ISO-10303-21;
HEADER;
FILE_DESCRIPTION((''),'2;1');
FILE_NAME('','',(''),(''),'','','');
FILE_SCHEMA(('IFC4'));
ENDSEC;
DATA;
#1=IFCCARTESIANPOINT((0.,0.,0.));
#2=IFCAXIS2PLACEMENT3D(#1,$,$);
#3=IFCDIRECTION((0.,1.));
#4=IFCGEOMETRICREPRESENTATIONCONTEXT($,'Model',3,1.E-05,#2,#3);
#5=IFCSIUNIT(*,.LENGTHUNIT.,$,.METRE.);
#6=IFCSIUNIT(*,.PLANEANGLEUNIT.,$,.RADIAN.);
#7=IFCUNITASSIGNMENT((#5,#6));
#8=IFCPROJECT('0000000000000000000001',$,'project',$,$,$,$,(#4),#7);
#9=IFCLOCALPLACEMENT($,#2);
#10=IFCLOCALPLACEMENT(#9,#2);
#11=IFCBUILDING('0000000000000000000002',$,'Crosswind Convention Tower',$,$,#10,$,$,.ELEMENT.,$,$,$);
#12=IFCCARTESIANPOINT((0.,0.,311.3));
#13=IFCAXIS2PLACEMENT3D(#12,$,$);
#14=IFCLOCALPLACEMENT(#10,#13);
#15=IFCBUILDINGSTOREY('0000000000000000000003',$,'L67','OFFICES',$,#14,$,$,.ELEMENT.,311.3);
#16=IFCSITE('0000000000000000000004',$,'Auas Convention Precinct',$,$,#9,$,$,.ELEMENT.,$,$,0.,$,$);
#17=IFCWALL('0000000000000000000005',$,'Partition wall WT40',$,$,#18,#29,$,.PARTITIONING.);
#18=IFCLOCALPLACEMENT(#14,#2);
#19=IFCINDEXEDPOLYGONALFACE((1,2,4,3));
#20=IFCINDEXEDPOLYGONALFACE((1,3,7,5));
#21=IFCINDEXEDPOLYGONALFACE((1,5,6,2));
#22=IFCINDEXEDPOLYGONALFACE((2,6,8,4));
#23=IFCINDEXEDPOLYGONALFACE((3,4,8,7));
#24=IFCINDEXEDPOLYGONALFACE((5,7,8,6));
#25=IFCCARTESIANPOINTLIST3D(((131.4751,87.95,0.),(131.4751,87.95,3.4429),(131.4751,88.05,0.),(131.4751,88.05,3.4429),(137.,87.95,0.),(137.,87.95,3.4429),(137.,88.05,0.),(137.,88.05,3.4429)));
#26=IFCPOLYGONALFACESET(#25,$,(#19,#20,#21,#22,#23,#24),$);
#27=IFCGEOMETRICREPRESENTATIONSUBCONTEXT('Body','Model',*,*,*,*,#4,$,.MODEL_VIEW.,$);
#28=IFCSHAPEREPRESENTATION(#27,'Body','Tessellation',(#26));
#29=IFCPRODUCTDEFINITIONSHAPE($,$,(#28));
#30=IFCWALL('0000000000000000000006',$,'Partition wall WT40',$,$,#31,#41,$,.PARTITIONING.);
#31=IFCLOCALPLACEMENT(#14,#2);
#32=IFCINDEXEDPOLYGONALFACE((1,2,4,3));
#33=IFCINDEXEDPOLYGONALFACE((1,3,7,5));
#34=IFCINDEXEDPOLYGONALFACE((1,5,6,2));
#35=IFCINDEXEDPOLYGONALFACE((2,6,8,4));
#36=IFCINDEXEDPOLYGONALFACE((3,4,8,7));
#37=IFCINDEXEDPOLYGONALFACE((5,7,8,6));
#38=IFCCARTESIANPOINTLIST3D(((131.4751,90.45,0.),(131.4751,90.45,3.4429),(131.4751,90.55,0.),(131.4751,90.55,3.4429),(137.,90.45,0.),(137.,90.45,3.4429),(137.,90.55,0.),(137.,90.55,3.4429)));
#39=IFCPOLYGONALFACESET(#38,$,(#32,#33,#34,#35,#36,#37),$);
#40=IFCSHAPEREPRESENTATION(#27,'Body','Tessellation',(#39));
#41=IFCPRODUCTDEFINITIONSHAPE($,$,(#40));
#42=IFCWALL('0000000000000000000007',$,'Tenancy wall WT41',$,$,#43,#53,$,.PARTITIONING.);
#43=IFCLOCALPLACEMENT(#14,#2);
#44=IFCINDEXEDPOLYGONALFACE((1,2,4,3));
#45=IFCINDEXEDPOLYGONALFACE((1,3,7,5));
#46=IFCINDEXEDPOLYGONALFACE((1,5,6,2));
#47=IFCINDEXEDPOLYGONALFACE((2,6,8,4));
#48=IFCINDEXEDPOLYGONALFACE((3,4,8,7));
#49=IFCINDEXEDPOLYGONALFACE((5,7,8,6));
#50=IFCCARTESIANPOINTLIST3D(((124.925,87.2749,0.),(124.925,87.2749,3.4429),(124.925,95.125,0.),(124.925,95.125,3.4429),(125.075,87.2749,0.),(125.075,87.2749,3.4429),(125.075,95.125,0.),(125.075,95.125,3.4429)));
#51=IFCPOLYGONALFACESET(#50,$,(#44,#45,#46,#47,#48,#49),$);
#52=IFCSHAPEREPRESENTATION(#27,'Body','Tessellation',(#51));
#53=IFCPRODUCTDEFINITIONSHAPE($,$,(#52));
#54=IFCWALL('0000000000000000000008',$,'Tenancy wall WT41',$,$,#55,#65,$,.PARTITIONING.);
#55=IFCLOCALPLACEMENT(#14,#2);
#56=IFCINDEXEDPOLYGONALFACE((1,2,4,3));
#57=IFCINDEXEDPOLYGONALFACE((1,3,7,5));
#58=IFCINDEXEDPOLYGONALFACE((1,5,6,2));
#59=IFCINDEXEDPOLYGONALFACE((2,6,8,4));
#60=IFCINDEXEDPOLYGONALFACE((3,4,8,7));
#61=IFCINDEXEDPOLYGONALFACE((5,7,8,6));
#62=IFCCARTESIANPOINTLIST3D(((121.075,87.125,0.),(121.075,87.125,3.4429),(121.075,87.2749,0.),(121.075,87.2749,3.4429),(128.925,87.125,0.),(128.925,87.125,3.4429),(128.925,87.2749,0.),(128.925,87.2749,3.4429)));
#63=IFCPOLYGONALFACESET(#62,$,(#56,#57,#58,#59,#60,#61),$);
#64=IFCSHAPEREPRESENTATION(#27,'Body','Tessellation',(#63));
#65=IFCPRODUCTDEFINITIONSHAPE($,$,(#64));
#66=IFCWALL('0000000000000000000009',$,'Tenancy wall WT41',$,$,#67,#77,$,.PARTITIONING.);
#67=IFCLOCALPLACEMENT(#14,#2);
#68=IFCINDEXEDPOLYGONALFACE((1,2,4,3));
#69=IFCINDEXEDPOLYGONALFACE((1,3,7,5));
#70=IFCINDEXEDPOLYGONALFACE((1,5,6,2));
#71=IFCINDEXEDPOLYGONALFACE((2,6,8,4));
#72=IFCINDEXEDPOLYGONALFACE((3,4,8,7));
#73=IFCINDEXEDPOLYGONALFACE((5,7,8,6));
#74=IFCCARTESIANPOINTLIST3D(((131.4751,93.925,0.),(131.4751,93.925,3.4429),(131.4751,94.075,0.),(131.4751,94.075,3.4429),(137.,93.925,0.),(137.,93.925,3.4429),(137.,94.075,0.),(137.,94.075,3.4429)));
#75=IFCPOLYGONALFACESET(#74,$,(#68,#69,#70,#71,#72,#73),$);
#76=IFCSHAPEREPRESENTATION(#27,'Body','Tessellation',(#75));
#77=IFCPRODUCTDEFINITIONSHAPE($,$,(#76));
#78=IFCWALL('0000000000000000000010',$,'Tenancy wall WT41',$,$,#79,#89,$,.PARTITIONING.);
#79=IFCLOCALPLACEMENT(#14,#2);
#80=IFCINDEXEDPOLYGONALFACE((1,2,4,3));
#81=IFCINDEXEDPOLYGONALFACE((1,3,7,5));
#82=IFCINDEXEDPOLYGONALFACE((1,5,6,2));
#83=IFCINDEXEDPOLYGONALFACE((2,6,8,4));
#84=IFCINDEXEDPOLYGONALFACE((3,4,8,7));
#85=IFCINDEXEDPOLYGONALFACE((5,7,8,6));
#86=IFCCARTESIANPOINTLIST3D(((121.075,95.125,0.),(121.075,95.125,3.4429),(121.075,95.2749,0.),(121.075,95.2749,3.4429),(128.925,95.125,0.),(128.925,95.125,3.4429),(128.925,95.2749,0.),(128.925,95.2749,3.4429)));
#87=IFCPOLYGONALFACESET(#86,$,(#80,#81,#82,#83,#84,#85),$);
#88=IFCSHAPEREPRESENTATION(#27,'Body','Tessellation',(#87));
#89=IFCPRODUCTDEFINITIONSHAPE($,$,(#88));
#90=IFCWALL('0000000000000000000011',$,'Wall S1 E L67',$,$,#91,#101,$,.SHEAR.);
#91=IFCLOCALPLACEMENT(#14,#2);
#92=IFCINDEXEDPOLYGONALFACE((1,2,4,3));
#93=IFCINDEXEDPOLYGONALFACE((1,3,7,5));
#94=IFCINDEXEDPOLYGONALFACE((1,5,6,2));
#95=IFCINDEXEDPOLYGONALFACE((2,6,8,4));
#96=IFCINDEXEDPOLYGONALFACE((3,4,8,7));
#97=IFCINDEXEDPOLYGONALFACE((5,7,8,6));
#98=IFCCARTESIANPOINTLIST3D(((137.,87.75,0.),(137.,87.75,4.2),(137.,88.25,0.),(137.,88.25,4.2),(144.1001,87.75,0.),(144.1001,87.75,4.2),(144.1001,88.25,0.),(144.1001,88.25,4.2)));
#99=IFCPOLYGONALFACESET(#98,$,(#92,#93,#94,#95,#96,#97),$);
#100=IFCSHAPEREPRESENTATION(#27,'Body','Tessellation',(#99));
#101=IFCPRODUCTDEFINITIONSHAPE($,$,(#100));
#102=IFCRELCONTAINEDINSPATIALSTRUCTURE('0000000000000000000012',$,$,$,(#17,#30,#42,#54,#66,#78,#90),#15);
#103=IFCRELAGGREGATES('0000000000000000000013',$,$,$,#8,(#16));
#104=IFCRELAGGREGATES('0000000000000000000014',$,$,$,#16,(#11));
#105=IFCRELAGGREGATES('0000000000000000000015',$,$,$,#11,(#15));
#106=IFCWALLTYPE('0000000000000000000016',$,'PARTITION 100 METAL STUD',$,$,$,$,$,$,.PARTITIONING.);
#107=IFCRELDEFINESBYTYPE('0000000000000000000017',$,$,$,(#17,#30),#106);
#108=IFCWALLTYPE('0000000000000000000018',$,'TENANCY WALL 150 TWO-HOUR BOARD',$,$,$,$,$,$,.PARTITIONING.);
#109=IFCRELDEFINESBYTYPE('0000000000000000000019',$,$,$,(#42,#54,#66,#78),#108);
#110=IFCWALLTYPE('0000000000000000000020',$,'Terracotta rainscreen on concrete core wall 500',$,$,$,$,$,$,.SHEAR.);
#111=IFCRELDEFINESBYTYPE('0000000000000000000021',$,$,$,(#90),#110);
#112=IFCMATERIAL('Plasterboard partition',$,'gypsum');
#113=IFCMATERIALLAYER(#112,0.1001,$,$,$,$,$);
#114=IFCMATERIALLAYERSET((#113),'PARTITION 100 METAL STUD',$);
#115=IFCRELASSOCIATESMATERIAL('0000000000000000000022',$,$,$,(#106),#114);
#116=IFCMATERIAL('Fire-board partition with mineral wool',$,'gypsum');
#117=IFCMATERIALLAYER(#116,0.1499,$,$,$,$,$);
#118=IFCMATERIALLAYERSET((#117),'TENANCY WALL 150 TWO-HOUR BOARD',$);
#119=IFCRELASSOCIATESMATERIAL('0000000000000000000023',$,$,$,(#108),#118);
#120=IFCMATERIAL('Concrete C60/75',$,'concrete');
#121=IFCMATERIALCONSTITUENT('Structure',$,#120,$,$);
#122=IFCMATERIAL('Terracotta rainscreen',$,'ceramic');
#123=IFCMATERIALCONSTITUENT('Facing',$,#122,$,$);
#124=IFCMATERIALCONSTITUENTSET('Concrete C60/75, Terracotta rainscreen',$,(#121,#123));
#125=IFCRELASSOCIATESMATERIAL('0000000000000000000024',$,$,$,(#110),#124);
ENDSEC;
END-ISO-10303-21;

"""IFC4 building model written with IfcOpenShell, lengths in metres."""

from ifc_helpers import new_model, si_unit, direction, frame, frame_2d, origin, place, context, subcontext, project, spatial, rectangle, extrude, material, layer, layer_set, constituent, constituent_set, type_object, element, save


model = new_model("IFC4")

# Units and contexts
model_context = context("Model", 3, precision=1e-05, world=origin(), true_north=direction((0.0, 1.0)))
body_context = subcontext(model_context, "Body", "Model", "MODEL_VIEW")
ifc_project = project(units=[si_unit("LENGTHUNIT", "METRE"), si_unit("PLANEANGLEUNIT", "RADIAN")], contexts=[model_context])

# Site, building, storey
site_placement = place(None, origin())
site = spatial("IfcSite", under=ifc_project, at=site_placement, Name="Auas Convention Precinct", CompositionType="ELEMENT", RefElevation=0.0)
building_placement = place(site_placement, origin())
building = spatial("IfcBuilding", under=site, at=building_placement, Name="Crosswind Convention Tower", CompositionType="ELEMENT")
storey_placement = place(building_placement, frame((0.0, 0.0, 311.3)))
storey = spatial("IfcBuildingStorey", under=building, at=storey_placement, Name="L67", Description="OFFICES", CompositionType="ELEMENT", Elevation=311.3)

# Shared definitions
ifc_material_1 = material(Name="Concrete C60/75", Category="concrete")

# Walls
ifc_material_2 = material(Name="Plasterboard partition", Category="gypsum")
ifc_layer_1 = layer(ifc_material_2, 0.1001)
ifc_layer_set_1 = layer_set([ifc_layer_1], Name="PARTITION 100 METAL STUD")
wall_type_1 = type_object("IfcWallType", Name="PARTITION 100 METAL STUD", PredefinedType="PARTITIONING", material=ifc_layer_set_1)
for number, where, z_axis, x_axis, name in (
    (1, (131.4751, 88.0, 0.0), (0.0, 0.0, 1.0), (1.0, 0.0, 0.0), "Partition wall WT40"),
    (2, (131.4751, 90.5, 0.0), (0.0, 0.0, 1.0), (1.0, 0.0, 0.0), "Partition wall WT40"),
):
    element("IfcWall", number, at=place(storey_placement, frame(where, z_axis=z_axis, x_axis=x_axis)), inside=storey, type_object=wall_type_1, Name=name, PredefinedType="PARTITIONING", context=body_context, shape_type="SweptSolid", body=[
        extrude(rectangle(XDim=5.5249, YDim=0.1001, at=frame_2d((2.7625, 0.0))), origin(), (0.0, 0.0, 1.0), 3.4429),
    ])
ifc_material_3 = material(Name="Fire-board partition with mineral wool", Category="gypsum")
ifc_layer_2 = layer(ifc_material_3, 0.1499)
ifc_layer_set_2 = layer_set([ifc_layer_2], Name="TENANCY WALL 150 TWO-HOUR BOARD")
wall_type_2 = type_object("IfcWallType", Name="TENANCY WALL 150 TWO-HOUR BOARD", PredefinedType="PARTITIONING", material=ifc_layer_set_2)
for number, where, z_axis, x_axis, name in (
    (3, (125.0, 87.2749, 0.0), (0.0, 0.0, 1.0), (0.0, 1.0, 0.0), "Tenancy wall WT41"),
    (4, (121.075, 87.2, 0.0), (0.0, 0.0, 1.0), (1.0, 0.0, 0.0), "Tenancy wall WT41"),
):
    element("IfcWall", number, at=place(storey_placement, frame(where, z_axis=z_axis, x_axis=x_axis)), inside=storey, type_object=wall_type_2, Name=name, PredefinedType="PARTITIONING", context=body_context, shape_type="SweptSolid", body=[
        extrude(rectangle(XDim=7.8501, YDim=0.1499, at=frame_2d((3.925, 0.0))), origin(), (0.0, 0.0, 1.0), 3.4429),
    ])
wall_1_placement = place(storey_placement, frame((131.4751, 94.0, 0.0), z_axis=(0.0, 0.0, 1.0), x_axis=(1.0, 0.0, 0.0)))
element("IfcWall", 5, at=wall_1_placement, inside=storey, type_object=wall_type_2, Name="Tenancy wall WT41", PredefinedType="PARTITIONING", context=body_context, shape_type="SweptSolid", body=[
    extrude(rectangle(XDim=5.5249, YDim=0.1499, at=frame_2d((2.7625, 0.0))), origin(), (0.0, 0.0, 1.0), 3.4429),
])
wall_2_placement = place(storey_placement, frame((121.075, 95.2, 0.0), z_axis=(0.0, 0.0, 1.0), x_axis=(1.0, 0.0, 0.0)))
element("IfcWall", 6, at=wall_2_placement, inside=storey, type_object=wall_type_2, Name="Tenancy wall WT41", PredefinedType="PARTITIONING", context=body_context, shape_type="SweptSolid", body=[
    extrude(rectangle(XDim=7.8501, YDim=0.1499, at=frame_2d((3.925, 0.0))), origin(), (0.0, 0.0, 1.0), 3.4429),
])
ifc_constituent_1 = constituent(ifc_material_1, Name="Structure")
ifc_material_4 = material(Name="Terracotta rainscreen", Category="ceramic")
ifc_constituent_2 = constituent(ifc_material_4, Name="Facing")
ifc_constituent_set = constituent_set(constituents=[ifc_constituent_1, ifc_constituent_2], Name="Concrete C60/75, Terracotta rainscreen")
wall_type_3 = type_object("IfcWallType", Name="Terracotta rainscreen on concrete core wall 500", PredefinedType="SHEAR", material=ifc_constituent_set)
wall_3_placement = place(storey_placement, frame((137.0, 88.0, 0.0), z_axis=(0.0, 0.0, 1.0), x_axis=(1.0, 0.0, 0.0)))
element("IfcWall", 7, at=wall_3_placement, inside=storey, type_object=wall_type_3, Name="Wall S1 E L67", PredefinedType="SHEAR", context=body_context, shape_type="SweptSolid", body=[
    extrude(rectangle(XDim=7.1001, YDim=0.5, at=frame_2d((3.55, 0.0))), origin(), (0.0, 0.0, 1.0), 4.2),
])

save(model, "model.ifc")
